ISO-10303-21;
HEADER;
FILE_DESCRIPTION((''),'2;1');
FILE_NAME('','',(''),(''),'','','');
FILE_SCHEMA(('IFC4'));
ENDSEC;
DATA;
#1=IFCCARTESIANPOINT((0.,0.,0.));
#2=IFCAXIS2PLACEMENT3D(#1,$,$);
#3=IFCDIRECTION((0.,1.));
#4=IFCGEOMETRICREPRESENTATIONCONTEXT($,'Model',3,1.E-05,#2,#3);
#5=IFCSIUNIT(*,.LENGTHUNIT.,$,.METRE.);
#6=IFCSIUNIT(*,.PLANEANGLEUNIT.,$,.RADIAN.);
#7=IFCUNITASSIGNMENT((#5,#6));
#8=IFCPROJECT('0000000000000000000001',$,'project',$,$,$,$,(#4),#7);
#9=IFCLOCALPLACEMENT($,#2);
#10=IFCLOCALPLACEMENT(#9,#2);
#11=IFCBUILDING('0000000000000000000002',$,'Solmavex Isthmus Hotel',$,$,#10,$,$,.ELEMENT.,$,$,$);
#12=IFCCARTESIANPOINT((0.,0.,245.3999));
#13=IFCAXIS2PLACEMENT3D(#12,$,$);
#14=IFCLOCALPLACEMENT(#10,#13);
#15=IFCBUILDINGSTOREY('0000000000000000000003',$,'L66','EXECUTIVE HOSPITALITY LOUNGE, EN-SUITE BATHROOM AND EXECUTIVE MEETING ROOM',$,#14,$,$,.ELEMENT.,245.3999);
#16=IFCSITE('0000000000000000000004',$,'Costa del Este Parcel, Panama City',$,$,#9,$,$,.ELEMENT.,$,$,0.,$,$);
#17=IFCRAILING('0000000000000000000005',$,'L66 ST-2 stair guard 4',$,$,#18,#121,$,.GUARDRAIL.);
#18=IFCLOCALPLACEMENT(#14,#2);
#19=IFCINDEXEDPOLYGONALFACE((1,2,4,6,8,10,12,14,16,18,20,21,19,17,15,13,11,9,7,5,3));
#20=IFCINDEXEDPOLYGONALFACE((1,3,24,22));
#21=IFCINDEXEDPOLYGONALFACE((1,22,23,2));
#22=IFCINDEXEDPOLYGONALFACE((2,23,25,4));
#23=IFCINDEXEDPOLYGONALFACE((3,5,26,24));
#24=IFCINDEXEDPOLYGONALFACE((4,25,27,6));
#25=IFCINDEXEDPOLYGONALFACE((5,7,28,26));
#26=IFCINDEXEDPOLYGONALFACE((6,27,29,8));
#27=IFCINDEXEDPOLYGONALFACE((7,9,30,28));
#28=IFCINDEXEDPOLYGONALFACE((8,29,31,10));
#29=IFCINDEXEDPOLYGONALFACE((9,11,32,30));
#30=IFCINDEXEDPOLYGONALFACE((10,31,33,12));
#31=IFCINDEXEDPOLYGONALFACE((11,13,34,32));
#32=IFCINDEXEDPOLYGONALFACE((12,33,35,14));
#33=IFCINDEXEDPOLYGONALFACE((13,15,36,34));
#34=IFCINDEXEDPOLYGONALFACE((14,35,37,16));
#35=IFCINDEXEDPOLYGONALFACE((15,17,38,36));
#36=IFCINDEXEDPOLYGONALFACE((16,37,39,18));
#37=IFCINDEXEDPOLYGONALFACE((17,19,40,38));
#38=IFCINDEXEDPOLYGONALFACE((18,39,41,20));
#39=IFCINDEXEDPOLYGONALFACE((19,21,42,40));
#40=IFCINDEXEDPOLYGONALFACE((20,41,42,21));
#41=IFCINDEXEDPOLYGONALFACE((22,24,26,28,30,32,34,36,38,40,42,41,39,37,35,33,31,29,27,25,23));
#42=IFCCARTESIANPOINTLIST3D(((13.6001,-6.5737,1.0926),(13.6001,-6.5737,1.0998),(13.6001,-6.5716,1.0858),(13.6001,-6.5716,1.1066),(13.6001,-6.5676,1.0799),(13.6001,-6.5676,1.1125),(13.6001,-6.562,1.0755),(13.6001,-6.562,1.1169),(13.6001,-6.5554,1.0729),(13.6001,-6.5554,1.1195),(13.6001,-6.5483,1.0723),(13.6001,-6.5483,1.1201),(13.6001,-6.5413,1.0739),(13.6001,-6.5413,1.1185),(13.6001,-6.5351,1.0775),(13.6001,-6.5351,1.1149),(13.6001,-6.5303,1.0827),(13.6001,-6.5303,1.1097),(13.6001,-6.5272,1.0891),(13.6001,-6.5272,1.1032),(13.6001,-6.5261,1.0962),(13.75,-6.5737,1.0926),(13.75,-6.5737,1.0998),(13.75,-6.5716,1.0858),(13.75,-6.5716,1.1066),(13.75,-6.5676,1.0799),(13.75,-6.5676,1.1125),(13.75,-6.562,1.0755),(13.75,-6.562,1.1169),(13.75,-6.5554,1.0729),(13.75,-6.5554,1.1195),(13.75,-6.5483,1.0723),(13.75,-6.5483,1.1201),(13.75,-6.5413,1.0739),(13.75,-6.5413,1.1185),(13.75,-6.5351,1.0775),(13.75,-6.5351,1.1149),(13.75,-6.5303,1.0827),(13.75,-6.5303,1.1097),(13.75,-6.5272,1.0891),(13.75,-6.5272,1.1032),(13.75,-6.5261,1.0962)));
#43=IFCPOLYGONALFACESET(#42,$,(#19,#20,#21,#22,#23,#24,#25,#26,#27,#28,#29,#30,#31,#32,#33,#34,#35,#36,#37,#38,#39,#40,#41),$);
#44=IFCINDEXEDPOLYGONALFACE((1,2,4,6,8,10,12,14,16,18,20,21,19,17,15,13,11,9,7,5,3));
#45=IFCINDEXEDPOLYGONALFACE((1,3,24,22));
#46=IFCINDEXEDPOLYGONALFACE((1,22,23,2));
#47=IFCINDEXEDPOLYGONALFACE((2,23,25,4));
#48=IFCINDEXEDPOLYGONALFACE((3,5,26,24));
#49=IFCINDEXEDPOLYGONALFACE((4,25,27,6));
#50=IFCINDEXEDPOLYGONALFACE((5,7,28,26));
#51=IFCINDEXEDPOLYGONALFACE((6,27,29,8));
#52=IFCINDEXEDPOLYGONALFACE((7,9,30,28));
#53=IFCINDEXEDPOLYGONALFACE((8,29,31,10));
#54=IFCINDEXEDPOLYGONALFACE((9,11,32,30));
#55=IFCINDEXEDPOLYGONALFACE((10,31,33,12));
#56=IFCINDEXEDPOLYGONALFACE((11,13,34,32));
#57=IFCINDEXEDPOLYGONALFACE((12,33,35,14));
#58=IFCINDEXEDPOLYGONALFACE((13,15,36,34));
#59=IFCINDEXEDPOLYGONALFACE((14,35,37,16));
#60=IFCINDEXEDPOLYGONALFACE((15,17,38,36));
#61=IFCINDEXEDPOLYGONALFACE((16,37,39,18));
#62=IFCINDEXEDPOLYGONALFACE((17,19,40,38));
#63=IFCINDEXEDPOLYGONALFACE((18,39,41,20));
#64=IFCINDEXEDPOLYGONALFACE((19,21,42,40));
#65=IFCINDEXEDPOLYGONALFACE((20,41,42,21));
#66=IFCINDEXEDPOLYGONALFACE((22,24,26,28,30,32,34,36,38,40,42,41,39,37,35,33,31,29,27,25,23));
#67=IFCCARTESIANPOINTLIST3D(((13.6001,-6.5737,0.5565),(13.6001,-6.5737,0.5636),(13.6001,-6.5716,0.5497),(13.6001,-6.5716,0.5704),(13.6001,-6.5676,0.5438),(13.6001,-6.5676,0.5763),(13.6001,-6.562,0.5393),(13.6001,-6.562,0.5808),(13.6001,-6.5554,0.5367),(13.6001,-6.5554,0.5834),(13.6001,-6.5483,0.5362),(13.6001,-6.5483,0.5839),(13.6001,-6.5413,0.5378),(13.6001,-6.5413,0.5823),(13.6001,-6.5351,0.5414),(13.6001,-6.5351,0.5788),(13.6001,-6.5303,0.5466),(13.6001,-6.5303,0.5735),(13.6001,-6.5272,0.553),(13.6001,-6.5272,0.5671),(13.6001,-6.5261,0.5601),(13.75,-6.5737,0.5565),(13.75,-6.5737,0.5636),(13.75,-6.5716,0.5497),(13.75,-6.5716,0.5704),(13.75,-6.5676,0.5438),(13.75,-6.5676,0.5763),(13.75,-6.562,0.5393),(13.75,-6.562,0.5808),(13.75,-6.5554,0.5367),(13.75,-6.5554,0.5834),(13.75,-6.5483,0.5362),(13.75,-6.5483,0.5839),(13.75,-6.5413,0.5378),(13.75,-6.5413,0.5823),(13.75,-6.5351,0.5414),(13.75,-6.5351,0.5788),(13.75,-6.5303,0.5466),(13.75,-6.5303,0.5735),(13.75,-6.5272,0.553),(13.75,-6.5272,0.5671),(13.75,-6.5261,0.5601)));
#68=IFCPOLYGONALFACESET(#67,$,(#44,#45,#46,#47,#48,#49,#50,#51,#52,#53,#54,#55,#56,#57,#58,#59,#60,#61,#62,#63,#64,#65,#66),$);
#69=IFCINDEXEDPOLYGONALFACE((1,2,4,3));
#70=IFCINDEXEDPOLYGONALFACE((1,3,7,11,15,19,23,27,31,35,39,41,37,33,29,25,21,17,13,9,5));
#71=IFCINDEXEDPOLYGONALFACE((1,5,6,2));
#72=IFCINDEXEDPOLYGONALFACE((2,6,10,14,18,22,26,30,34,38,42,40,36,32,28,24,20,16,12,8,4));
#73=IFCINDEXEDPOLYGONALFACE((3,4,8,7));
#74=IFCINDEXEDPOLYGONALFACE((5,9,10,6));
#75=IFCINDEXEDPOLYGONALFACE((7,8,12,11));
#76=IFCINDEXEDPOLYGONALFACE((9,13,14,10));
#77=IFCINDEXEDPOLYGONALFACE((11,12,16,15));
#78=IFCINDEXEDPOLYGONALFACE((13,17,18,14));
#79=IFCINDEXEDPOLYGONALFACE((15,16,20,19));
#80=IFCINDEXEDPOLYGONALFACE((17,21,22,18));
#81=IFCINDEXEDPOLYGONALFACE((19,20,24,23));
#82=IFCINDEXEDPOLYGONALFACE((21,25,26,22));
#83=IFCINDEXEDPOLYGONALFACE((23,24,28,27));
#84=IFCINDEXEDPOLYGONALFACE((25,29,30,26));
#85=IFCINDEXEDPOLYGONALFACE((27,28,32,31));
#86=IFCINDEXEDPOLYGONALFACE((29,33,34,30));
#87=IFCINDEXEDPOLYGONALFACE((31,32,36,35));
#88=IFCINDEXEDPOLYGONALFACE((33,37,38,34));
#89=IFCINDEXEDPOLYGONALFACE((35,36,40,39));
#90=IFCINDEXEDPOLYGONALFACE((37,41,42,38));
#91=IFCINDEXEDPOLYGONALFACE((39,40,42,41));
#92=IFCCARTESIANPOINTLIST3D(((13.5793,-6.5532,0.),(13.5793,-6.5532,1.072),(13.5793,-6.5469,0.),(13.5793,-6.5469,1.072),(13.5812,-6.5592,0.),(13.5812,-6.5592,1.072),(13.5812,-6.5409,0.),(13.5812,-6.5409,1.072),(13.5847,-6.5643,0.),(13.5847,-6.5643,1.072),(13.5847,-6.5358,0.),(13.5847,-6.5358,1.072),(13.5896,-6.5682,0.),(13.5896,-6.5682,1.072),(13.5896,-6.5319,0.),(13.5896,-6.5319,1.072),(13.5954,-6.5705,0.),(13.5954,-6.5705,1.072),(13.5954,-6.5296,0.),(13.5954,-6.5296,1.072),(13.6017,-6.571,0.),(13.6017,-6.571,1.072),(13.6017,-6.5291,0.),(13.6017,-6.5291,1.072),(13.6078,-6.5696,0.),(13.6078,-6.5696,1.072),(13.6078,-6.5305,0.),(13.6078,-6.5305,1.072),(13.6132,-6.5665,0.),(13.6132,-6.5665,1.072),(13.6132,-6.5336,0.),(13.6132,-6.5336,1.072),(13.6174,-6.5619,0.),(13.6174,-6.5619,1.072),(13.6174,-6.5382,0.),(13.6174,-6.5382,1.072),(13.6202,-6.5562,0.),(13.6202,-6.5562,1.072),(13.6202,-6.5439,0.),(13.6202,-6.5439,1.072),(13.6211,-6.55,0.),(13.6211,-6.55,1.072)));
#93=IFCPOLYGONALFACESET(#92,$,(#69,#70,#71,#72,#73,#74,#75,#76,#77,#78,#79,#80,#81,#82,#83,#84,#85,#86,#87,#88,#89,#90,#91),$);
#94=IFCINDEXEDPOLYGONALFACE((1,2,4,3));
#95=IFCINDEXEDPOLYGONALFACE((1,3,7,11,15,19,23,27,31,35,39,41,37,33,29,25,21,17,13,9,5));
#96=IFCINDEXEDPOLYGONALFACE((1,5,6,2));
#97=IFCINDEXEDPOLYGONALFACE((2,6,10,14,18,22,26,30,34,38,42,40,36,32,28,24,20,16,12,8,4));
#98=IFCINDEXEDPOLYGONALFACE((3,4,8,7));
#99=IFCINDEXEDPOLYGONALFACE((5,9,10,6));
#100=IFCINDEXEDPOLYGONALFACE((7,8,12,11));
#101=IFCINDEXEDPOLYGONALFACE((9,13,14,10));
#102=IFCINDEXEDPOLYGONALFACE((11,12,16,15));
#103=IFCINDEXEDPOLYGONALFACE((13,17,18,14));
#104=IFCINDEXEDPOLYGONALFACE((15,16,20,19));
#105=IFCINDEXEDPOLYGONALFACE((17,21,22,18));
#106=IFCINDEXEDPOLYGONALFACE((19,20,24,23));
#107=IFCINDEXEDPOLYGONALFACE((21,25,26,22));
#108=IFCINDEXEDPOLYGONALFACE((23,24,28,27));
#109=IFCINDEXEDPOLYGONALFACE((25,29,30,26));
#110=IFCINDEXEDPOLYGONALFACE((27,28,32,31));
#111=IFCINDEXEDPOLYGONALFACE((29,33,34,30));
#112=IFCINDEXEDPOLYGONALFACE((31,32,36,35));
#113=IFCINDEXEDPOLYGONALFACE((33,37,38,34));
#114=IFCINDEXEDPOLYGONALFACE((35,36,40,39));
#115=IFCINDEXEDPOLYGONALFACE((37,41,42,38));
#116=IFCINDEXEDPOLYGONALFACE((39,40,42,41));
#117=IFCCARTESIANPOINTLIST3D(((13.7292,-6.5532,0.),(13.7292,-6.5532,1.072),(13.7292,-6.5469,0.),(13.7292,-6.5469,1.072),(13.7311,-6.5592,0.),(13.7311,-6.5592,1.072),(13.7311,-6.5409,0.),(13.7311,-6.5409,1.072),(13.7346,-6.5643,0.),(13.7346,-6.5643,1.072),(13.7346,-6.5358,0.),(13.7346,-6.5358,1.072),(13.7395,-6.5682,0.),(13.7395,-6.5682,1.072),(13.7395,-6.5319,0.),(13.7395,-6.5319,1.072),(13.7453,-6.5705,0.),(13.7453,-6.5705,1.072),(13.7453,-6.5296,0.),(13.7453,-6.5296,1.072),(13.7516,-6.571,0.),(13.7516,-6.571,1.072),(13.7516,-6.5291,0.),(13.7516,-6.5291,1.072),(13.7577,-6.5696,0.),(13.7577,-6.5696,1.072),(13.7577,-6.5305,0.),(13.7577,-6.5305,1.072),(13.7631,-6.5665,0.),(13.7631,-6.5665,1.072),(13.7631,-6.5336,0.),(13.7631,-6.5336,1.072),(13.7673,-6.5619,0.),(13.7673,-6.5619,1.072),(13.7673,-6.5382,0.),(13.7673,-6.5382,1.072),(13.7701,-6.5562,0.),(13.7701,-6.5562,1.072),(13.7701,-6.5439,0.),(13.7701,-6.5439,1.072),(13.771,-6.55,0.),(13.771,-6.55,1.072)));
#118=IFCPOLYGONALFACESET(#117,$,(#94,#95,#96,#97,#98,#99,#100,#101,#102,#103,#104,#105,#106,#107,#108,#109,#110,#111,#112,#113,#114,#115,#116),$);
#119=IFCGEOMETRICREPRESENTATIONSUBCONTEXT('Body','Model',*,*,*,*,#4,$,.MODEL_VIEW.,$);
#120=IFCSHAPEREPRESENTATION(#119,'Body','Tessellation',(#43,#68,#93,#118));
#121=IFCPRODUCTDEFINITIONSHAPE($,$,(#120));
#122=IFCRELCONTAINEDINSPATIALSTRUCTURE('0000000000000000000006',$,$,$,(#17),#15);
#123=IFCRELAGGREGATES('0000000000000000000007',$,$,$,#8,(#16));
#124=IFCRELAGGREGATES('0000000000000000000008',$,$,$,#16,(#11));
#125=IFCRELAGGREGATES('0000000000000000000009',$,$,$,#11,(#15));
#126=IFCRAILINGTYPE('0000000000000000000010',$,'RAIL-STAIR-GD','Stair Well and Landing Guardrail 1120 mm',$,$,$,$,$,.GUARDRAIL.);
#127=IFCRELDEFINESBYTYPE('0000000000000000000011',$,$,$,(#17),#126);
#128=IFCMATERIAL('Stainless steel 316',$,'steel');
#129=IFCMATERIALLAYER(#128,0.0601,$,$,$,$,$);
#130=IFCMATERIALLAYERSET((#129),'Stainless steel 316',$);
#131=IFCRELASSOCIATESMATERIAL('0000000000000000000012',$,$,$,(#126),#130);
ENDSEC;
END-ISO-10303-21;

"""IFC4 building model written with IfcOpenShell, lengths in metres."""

from ifc_helpers import new_model, si_unit, direction, frame, origin, origin_2d, place, context, subcontext, project, spatial, circle, extrude, material, layer, layer_set, type_object, element, save


model = new_model("IFC4")

# Units and contexts
model_context = context("Model", 3, precision=1e-05, world=origin(), true_north=direction((0.0, 1.0)))
body_context = subcontext(model_context, "Body", "Model", "MODEL_VIEW")
ifc_project = project(units=[si_unit("LENGTHUNIT", "METRE"), si_unit("PLANEANGLEUNIT", "RADIAN")], contexts=[model_context])

# Site, building, storey
site_placement = place(None, origin())
site = spatial("IfcSite", under=ifc_project, at=site_placement, Name="Costa del Este Parcel, Panama City", CompositionType="ELEMENT", RefElevation=0.0)
building_placement = place(site_placement, origin())
building = spatial("IfcBuilding", under=site, at=building_placement, Name="Solmavex Isthmus Hotel", CompositionType="ELEMENT")
storey_placement = place(building_placement, frame((0.0, 0.0, 245.3999)))
storey = spatial("IfcBuildingStorey", under=building, at=storey_placement, Name="L66", Description="EXECUTIVE HOSPITALITY LOUNGE, EN-SUITE BATHROOM AND EXECUTIVE MEETING ROOM", CompositionType="ELEMENT", Elevation=245.3999)

# Railing
ifc_material_1 = material(Name="Stainless steel 316", Category="steel")
ifc_layer_1 = layer(ifc_material_1, 0.0601)
ifc_layer_set_1 = layer_set([ifc_layer_1], Name="Stainless steel 316")
railing_type_1 = type_object("IfcRailingType", Name="RAIL-STAIR-GD", Description="Stair Well and Landing Guardrail 1120 mm", PredefinedType="GUARDRAIL", material=ifc_layer_set_1)
railing_1_placement = place(storey_placement, frame((13.6001, -6.55, 0.0)))
element("IfcRailing", 1, at=railing_1_placement, inside=storey, type_object=railing_type_1, Name="L66 ST-2 stair guard 4", PredefinedType="GUARDRAIL", context=body_context, shape_type="SweptSolid", body=[
    extrude(circle(Radius=0.0239, at=origin_2d()), frame((0.0, 0.0, 1.0962), z_axis=(1.0, 0.0, 0.0), x_axis=(0.0, 1.0, 0.0)), (0.0, 0.0, 1.0), 0.1499),
    extrude(circle(Radius=0.0239, at=origin_2d()), frame((0.0, 0.0, 0.5601), z_axis=(1.0, 0.0, 0.0), x_axis=(0.0, 1.0, 0.0)), (0.0, 0.0, 1.0), 0.1499),
    extrude(circle(Radius=0.021, at=origin_2d()), origin(), (0.0, 0.0, 1.0), 1.072),
    extrude(circle(Radius=0.021, at=origin_2d()), frame((0.1499, 0.0, 0.0)), (0.0, 0.0, 1.0), 1.072),
])

save(model, "model.ifc")
